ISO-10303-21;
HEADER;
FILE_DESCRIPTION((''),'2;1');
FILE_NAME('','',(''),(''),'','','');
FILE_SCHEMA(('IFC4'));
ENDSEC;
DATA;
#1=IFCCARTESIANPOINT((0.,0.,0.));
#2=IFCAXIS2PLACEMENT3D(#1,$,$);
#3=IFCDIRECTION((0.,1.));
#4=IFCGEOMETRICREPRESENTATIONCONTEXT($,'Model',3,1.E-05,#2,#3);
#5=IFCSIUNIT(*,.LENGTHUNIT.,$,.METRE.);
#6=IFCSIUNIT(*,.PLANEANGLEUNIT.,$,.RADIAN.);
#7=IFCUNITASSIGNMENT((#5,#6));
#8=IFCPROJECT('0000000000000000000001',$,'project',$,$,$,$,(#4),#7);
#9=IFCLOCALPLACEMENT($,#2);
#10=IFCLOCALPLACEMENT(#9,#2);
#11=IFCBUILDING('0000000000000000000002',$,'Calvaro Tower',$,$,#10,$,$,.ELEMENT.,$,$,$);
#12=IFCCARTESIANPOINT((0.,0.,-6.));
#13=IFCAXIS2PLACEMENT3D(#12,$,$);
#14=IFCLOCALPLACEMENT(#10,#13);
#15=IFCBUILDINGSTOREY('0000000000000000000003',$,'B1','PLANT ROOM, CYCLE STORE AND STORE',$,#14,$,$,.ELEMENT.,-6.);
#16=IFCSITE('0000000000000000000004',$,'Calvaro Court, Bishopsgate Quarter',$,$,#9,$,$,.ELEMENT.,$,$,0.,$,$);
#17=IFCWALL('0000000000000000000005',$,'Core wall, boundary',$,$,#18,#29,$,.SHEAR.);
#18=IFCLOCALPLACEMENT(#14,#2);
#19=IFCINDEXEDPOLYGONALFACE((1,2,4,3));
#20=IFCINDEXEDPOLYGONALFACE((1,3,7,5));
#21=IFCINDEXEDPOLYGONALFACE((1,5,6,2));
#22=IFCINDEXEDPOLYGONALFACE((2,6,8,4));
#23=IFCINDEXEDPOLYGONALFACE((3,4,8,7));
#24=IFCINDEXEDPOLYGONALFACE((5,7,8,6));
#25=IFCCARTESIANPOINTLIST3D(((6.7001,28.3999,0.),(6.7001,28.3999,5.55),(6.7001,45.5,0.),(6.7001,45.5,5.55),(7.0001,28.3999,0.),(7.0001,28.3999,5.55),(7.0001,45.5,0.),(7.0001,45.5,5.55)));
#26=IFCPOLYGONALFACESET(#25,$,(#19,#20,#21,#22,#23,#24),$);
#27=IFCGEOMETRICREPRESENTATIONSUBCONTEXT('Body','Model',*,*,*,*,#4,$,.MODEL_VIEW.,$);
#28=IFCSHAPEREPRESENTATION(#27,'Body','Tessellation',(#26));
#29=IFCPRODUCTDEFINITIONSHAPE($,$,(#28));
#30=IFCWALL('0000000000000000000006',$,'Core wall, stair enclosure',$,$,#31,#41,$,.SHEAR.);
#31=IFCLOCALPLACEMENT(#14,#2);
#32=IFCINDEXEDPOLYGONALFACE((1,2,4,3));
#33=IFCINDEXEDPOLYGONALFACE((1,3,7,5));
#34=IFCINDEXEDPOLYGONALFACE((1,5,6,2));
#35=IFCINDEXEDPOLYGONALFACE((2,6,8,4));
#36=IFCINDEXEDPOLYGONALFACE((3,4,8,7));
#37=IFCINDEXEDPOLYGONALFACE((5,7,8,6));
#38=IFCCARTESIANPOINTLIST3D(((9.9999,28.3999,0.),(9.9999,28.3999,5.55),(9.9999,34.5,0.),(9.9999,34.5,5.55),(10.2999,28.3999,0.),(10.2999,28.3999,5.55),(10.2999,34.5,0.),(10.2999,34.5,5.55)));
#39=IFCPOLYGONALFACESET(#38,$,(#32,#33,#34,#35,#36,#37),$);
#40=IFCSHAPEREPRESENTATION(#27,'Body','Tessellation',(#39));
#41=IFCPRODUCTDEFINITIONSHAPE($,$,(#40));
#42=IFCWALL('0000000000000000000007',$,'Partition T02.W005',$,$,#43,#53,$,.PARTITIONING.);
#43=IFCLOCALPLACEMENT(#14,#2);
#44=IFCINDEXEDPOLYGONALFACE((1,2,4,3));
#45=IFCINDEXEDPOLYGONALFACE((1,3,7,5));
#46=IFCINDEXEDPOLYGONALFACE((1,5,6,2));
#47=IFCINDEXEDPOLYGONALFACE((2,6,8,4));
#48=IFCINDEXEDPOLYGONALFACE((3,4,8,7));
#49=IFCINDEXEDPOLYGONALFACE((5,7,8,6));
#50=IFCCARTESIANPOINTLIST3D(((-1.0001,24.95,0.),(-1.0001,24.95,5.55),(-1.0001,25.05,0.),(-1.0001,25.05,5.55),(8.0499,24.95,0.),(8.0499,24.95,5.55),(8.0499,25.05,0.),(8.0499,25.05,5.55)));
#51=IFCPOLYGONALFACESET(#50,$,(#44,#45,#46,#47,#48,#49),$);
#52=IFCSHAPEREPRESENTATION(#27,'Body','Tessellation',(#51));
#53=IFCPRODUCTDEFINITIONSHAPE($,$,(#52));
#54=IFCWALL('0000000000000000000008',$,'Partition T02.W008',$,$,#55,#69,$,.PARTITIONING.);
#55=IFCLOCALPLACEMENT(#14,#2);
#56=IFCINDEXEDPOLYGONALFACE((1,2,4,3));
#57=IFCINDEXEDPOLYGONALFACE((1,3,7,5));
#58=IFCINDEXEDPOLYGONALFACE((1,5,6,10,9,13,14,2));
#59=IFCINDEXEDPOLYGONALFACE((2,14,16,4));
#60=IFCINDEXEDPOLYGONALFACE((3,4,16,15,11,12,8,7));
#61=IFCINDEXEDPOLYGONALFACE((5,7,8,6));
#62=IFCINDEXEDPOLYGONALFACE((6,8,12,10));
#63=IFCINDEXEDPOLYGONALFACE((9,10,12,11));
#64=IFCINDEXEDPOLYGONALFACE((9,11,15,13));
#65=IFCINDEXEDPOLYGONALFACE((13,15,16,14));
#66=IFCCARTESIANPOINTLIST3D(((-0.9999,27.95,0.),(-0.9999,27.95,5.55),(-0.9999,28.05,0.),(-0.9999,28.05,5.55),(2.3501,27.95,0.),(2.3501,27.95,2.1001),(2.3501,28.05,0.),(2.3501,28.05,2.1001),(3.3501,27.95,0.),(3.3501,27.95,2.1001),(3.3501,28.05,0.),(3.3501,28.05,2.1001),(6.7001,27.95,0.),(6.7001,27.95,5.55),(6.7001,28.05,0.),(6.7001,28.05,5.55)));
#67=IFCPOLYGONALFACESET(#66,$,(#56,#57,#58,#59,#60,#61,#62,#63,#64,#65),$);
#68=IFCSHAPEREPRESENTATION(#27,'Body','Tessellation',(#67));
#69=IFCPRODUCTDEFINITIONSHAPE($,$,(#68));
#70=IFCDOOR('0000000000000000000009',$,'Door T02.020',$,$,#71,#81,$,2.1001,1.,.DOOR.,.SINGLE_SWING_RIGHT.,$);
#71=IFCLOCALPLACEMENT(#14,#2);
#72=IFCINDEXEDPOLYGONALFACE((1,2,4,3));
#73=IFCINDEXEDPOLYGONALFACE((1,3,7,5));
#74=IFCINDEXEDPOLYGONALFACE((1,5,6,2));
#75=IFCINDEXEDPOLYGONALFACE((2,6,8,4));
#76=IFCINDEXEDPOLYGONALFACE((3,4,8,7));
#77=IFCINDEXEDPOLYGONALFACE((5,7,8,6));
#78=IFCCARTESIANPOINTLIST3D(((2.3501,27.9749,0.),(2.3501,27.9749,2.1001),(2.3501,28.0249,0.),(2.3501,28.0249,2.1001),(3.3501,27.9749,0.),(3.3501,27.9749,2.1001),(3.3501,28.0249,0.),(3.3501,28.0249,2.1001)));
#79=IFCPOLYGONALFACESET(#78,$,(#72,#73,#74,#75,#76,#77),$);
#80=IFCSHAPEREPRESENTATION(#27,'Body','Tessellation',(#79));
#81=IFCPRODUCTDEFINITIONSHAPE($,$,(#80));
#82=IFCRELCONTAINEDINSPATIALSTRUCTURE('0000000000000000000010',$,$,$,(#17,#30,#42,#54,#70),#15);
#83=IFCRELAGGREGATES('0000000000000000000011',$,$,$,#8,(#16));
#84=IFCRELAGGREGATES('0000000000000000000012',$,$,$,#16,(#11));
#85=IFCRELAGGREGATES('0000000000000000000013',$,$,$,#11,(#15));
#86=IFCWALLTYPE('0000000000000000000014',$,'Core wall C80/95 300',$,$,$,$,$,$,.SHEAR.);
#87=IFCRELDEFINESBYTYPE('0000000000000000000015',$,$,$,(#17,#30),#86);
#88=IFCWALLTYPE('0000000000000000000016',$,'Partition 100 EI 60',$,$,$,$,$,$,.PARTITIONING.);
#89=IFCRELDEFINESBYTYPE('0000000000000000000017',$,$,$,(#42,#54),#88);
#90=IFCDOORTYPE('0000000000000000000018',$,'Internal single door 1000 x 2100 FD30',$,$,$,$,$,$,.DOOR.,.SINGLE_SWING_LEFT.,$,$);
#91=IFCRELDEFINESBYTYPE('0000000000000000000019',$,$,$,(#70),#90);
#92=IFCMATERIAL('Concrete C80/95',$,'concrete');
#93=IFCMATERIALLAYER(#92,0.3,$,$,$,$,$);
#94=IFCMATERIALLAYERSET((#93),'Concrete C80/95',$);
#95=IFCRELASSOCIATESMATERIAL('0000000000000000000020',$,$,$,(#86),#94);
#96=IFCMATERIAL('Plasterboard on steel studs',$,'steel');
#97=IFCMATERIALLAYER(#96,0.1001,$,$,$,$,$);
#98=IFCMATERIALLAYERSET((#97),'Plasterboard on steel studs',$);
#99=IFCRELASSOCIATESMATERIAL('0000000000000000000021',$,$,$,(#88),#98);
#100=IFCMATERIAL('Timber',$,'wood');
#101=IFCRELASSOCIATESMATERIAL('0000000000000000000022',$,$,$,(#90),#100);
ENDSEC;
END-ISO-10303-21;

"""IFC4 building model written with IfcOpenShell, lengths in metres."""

from ifc_helpers import new_model, si_unit, direction, frame, frame_2d, origin, place, context, subcontext, project, spatial, rectangle, extrude, material, layer, layer_set, type_object, element, fill, save


model = new_model("IFC4")

# Units and contexts
model_context = context("Model", 3, precision=1e-05, world=origin(), true_north=direction((0.0, 1.0)))
body_context = subcontext(model_context, "Body", "Model", "MODEL_VIEW")
ifc_project = project(units=[si_unit("LENGTHUNIT", "METRE"), si_unit("PLANEANGLEUNIT", "RADIAN")], contexts=[model_context])

# Site, building, storey
site_placement = place(None, origin())
site = spatial("IfcSite", under=ifc_project, at=site_placement, Name="Calvaro Court, Bishopsgate Quarter", CompositionType="ELEMENT", RefElevation=0.0)
building_placement = place(site_placement, origin())
building = spatial("IfcBuilding", under=site, at=building_placement, Name="Calvaro Tower", CompositionType="ELEMENT")
storey_placement = place(building_placement, frame((0.0, 0.0, -6.0)))
storey = spatial("IfcBuildingStorey", under=building, at=storey_placement, Name="B1", Description="PLANT ROOM, CYCLE STORE AND STORE", CompositionType="ELEMENT", Elevation=-6.0)

# Walls
ifc_material_1 = material(Name="Concrete C80/95", Category="concrete")
ifc_layer_1 = layer(ifc_material_1, 0.3)
ifc_layer_set_1 = layer_set([ifc_layer_1], Name="Concrete C80/95")
wall_type_1 = type_object("IfcWallType", Name="Core wall C80/95 300", PredefinedType="SHEAR", material=ifc_layer_set_1)
wall_1_placement = place(storey_placement, frame((6.8501, 28.3999, 0.0), z_axis=(0.0, 0.0, 1.0), x_axis=(0.0, 1.0, 0.0)))
element("IfcWall", 1, at=wall_1_placement, inside=storey, type_object=wall_type_1, Name="Core wall, boundary", PredefinedType="SHEAR", context=body_context, shape_type="SweptSolid", body=[
    extrude(rectangle(XDim=17.1001, YDim=0.3, at=frame_2d((8.55, 0.0))), origin(), (0.0, 0.0, 1.0), 5.55),
])
wall_2_placement = place(storey_placement, frame((10.1499, 28.3999, 0.0), z_axis=(0.0, 0.0, 1.0), x_axis=(0.0, 1.0, 0.0)))
element("IfcWall", 2, at=wall_2_placement, inside=storey, type_object=wall_type_1, Name="Core wall, stair enclosure", PredefinedType="SHEAR", context=body_context, shape_type="SweptSolid", body=[
    extrude(rectangle(XDim=6.1001, YDim=0.3, at=frame_2d((3.05, 0.0))), origin(), (0.0, 0.0, 1.0), 5.55),
])

# Wall
ifc_material_2 = material(Name="Plasterboard on steel studs", Category="steel")
ifc_layer_2 = layer(ifc_material_2, 0.1001)
ifc_layer_set_2 = layer_set([ifc_layer_2], Name="Plasterboard on steel studs")
wall_type_2 = type_object("IfcWallType", Name="Partition 100 EI 60", PredefinedType="PARTITIONING", material=ifc_layer_set_2)
wall_3_placement = place(storey_placement, frame((-1.0, 25.0, 0.0), z_axis=(0.0, 0.0, 1.0), x_axis=(1.0, 0.0, 0.0)))
element("IfcWall", 3, at=wall_3_placement, inside=storey, type_object=wall_type_2, Name="Partition T02.W005", PredefinedType="PARTITIONING", context=body_context, shape_type="SweptSolid", body=[
    extrude(rectangle(XDim=9.05, YDim=0.1001, at=frame_2d((4.5249, 0.0))), origin(), (0.0, 0.0, 1.0), 5.55),
])

# Wall, opening, door
wall_4_placement = place(storey_placement, frame((-1.0, 28.0, 0.0), z_axis=(0.0, 0.0, 1.0), x_axis=(1.0, 0.0, 0.0)))
wall_4 = element("IfcWall", 4, at=wall_4_placement, inside=storey, type_object=wall_type_2, Name="Partition T02.W008", PredefinedType="PARTITIONING", context=body_context, shape_type="SweptSolid", body=[
    extrude(rectangle(XDim=7.7, YDim=0.1001, at=frame_2d((3.8501, 0.0))), origin(), (0.0, 0.0, 1.0), 5.55),
])
opening_1_placement = place(wall_4_placement, frame((3.3501, 0.0, 0.0)))
opening_1 = element("IfcOpeningElement", 5, at=opening_1_placement, cuts=wall_4, PredefinedType="OPENING", context=body_context, shape_type="SweptSolid", body=[
    extrude(rectangle(XDim=1.0, YDim=2.1001, at=frame_2d((0.5, 1.05))), frame((0.0, 0.0601, 0.0), z_axis=(0.0, -1.0, 0.0), x_axis=(1.0, 0.0, 0.0)), (0.0, 0.0, 1.0), 0.1201),
])
ifc_material_3 = material(Name="Timber", Category="wood")
door_type_1 = type_object("IfcDoorType", Name="Internal single door 1000 x 2100 FD30", OperationType="SINGLE_SWING_LEFT", PredefinedType="DOOR", material=ifc_material_3)
door_1_placement = place(opening_1_placement, origin())
door_1 = element("IfcDoor", 6, at=door_1_placement, inside=storey, type_object=door_type_1, Name="Door T02.020", OperationType="SINGLE_SWING_RIGHT", OverallHeight=2.1001, OverallWidth=1.0, PredefinedType="DOOR", context=body_context, shape_type="SweptSolid", body=[
    extrude(rectangle(XDim=1.0, YDim=2.1001, at=frame_2d((0.5, 1.05))), frame((0.0, 0.0249, 0.0), z_axis=(0.0, -1.0, 0.0), x_axis=(1.0, 0.0, 0.0)), (0.0, 0.0, 1.0), 0.05),
])
fill(opening_1, door_1)

save(model, "model.ifc")
